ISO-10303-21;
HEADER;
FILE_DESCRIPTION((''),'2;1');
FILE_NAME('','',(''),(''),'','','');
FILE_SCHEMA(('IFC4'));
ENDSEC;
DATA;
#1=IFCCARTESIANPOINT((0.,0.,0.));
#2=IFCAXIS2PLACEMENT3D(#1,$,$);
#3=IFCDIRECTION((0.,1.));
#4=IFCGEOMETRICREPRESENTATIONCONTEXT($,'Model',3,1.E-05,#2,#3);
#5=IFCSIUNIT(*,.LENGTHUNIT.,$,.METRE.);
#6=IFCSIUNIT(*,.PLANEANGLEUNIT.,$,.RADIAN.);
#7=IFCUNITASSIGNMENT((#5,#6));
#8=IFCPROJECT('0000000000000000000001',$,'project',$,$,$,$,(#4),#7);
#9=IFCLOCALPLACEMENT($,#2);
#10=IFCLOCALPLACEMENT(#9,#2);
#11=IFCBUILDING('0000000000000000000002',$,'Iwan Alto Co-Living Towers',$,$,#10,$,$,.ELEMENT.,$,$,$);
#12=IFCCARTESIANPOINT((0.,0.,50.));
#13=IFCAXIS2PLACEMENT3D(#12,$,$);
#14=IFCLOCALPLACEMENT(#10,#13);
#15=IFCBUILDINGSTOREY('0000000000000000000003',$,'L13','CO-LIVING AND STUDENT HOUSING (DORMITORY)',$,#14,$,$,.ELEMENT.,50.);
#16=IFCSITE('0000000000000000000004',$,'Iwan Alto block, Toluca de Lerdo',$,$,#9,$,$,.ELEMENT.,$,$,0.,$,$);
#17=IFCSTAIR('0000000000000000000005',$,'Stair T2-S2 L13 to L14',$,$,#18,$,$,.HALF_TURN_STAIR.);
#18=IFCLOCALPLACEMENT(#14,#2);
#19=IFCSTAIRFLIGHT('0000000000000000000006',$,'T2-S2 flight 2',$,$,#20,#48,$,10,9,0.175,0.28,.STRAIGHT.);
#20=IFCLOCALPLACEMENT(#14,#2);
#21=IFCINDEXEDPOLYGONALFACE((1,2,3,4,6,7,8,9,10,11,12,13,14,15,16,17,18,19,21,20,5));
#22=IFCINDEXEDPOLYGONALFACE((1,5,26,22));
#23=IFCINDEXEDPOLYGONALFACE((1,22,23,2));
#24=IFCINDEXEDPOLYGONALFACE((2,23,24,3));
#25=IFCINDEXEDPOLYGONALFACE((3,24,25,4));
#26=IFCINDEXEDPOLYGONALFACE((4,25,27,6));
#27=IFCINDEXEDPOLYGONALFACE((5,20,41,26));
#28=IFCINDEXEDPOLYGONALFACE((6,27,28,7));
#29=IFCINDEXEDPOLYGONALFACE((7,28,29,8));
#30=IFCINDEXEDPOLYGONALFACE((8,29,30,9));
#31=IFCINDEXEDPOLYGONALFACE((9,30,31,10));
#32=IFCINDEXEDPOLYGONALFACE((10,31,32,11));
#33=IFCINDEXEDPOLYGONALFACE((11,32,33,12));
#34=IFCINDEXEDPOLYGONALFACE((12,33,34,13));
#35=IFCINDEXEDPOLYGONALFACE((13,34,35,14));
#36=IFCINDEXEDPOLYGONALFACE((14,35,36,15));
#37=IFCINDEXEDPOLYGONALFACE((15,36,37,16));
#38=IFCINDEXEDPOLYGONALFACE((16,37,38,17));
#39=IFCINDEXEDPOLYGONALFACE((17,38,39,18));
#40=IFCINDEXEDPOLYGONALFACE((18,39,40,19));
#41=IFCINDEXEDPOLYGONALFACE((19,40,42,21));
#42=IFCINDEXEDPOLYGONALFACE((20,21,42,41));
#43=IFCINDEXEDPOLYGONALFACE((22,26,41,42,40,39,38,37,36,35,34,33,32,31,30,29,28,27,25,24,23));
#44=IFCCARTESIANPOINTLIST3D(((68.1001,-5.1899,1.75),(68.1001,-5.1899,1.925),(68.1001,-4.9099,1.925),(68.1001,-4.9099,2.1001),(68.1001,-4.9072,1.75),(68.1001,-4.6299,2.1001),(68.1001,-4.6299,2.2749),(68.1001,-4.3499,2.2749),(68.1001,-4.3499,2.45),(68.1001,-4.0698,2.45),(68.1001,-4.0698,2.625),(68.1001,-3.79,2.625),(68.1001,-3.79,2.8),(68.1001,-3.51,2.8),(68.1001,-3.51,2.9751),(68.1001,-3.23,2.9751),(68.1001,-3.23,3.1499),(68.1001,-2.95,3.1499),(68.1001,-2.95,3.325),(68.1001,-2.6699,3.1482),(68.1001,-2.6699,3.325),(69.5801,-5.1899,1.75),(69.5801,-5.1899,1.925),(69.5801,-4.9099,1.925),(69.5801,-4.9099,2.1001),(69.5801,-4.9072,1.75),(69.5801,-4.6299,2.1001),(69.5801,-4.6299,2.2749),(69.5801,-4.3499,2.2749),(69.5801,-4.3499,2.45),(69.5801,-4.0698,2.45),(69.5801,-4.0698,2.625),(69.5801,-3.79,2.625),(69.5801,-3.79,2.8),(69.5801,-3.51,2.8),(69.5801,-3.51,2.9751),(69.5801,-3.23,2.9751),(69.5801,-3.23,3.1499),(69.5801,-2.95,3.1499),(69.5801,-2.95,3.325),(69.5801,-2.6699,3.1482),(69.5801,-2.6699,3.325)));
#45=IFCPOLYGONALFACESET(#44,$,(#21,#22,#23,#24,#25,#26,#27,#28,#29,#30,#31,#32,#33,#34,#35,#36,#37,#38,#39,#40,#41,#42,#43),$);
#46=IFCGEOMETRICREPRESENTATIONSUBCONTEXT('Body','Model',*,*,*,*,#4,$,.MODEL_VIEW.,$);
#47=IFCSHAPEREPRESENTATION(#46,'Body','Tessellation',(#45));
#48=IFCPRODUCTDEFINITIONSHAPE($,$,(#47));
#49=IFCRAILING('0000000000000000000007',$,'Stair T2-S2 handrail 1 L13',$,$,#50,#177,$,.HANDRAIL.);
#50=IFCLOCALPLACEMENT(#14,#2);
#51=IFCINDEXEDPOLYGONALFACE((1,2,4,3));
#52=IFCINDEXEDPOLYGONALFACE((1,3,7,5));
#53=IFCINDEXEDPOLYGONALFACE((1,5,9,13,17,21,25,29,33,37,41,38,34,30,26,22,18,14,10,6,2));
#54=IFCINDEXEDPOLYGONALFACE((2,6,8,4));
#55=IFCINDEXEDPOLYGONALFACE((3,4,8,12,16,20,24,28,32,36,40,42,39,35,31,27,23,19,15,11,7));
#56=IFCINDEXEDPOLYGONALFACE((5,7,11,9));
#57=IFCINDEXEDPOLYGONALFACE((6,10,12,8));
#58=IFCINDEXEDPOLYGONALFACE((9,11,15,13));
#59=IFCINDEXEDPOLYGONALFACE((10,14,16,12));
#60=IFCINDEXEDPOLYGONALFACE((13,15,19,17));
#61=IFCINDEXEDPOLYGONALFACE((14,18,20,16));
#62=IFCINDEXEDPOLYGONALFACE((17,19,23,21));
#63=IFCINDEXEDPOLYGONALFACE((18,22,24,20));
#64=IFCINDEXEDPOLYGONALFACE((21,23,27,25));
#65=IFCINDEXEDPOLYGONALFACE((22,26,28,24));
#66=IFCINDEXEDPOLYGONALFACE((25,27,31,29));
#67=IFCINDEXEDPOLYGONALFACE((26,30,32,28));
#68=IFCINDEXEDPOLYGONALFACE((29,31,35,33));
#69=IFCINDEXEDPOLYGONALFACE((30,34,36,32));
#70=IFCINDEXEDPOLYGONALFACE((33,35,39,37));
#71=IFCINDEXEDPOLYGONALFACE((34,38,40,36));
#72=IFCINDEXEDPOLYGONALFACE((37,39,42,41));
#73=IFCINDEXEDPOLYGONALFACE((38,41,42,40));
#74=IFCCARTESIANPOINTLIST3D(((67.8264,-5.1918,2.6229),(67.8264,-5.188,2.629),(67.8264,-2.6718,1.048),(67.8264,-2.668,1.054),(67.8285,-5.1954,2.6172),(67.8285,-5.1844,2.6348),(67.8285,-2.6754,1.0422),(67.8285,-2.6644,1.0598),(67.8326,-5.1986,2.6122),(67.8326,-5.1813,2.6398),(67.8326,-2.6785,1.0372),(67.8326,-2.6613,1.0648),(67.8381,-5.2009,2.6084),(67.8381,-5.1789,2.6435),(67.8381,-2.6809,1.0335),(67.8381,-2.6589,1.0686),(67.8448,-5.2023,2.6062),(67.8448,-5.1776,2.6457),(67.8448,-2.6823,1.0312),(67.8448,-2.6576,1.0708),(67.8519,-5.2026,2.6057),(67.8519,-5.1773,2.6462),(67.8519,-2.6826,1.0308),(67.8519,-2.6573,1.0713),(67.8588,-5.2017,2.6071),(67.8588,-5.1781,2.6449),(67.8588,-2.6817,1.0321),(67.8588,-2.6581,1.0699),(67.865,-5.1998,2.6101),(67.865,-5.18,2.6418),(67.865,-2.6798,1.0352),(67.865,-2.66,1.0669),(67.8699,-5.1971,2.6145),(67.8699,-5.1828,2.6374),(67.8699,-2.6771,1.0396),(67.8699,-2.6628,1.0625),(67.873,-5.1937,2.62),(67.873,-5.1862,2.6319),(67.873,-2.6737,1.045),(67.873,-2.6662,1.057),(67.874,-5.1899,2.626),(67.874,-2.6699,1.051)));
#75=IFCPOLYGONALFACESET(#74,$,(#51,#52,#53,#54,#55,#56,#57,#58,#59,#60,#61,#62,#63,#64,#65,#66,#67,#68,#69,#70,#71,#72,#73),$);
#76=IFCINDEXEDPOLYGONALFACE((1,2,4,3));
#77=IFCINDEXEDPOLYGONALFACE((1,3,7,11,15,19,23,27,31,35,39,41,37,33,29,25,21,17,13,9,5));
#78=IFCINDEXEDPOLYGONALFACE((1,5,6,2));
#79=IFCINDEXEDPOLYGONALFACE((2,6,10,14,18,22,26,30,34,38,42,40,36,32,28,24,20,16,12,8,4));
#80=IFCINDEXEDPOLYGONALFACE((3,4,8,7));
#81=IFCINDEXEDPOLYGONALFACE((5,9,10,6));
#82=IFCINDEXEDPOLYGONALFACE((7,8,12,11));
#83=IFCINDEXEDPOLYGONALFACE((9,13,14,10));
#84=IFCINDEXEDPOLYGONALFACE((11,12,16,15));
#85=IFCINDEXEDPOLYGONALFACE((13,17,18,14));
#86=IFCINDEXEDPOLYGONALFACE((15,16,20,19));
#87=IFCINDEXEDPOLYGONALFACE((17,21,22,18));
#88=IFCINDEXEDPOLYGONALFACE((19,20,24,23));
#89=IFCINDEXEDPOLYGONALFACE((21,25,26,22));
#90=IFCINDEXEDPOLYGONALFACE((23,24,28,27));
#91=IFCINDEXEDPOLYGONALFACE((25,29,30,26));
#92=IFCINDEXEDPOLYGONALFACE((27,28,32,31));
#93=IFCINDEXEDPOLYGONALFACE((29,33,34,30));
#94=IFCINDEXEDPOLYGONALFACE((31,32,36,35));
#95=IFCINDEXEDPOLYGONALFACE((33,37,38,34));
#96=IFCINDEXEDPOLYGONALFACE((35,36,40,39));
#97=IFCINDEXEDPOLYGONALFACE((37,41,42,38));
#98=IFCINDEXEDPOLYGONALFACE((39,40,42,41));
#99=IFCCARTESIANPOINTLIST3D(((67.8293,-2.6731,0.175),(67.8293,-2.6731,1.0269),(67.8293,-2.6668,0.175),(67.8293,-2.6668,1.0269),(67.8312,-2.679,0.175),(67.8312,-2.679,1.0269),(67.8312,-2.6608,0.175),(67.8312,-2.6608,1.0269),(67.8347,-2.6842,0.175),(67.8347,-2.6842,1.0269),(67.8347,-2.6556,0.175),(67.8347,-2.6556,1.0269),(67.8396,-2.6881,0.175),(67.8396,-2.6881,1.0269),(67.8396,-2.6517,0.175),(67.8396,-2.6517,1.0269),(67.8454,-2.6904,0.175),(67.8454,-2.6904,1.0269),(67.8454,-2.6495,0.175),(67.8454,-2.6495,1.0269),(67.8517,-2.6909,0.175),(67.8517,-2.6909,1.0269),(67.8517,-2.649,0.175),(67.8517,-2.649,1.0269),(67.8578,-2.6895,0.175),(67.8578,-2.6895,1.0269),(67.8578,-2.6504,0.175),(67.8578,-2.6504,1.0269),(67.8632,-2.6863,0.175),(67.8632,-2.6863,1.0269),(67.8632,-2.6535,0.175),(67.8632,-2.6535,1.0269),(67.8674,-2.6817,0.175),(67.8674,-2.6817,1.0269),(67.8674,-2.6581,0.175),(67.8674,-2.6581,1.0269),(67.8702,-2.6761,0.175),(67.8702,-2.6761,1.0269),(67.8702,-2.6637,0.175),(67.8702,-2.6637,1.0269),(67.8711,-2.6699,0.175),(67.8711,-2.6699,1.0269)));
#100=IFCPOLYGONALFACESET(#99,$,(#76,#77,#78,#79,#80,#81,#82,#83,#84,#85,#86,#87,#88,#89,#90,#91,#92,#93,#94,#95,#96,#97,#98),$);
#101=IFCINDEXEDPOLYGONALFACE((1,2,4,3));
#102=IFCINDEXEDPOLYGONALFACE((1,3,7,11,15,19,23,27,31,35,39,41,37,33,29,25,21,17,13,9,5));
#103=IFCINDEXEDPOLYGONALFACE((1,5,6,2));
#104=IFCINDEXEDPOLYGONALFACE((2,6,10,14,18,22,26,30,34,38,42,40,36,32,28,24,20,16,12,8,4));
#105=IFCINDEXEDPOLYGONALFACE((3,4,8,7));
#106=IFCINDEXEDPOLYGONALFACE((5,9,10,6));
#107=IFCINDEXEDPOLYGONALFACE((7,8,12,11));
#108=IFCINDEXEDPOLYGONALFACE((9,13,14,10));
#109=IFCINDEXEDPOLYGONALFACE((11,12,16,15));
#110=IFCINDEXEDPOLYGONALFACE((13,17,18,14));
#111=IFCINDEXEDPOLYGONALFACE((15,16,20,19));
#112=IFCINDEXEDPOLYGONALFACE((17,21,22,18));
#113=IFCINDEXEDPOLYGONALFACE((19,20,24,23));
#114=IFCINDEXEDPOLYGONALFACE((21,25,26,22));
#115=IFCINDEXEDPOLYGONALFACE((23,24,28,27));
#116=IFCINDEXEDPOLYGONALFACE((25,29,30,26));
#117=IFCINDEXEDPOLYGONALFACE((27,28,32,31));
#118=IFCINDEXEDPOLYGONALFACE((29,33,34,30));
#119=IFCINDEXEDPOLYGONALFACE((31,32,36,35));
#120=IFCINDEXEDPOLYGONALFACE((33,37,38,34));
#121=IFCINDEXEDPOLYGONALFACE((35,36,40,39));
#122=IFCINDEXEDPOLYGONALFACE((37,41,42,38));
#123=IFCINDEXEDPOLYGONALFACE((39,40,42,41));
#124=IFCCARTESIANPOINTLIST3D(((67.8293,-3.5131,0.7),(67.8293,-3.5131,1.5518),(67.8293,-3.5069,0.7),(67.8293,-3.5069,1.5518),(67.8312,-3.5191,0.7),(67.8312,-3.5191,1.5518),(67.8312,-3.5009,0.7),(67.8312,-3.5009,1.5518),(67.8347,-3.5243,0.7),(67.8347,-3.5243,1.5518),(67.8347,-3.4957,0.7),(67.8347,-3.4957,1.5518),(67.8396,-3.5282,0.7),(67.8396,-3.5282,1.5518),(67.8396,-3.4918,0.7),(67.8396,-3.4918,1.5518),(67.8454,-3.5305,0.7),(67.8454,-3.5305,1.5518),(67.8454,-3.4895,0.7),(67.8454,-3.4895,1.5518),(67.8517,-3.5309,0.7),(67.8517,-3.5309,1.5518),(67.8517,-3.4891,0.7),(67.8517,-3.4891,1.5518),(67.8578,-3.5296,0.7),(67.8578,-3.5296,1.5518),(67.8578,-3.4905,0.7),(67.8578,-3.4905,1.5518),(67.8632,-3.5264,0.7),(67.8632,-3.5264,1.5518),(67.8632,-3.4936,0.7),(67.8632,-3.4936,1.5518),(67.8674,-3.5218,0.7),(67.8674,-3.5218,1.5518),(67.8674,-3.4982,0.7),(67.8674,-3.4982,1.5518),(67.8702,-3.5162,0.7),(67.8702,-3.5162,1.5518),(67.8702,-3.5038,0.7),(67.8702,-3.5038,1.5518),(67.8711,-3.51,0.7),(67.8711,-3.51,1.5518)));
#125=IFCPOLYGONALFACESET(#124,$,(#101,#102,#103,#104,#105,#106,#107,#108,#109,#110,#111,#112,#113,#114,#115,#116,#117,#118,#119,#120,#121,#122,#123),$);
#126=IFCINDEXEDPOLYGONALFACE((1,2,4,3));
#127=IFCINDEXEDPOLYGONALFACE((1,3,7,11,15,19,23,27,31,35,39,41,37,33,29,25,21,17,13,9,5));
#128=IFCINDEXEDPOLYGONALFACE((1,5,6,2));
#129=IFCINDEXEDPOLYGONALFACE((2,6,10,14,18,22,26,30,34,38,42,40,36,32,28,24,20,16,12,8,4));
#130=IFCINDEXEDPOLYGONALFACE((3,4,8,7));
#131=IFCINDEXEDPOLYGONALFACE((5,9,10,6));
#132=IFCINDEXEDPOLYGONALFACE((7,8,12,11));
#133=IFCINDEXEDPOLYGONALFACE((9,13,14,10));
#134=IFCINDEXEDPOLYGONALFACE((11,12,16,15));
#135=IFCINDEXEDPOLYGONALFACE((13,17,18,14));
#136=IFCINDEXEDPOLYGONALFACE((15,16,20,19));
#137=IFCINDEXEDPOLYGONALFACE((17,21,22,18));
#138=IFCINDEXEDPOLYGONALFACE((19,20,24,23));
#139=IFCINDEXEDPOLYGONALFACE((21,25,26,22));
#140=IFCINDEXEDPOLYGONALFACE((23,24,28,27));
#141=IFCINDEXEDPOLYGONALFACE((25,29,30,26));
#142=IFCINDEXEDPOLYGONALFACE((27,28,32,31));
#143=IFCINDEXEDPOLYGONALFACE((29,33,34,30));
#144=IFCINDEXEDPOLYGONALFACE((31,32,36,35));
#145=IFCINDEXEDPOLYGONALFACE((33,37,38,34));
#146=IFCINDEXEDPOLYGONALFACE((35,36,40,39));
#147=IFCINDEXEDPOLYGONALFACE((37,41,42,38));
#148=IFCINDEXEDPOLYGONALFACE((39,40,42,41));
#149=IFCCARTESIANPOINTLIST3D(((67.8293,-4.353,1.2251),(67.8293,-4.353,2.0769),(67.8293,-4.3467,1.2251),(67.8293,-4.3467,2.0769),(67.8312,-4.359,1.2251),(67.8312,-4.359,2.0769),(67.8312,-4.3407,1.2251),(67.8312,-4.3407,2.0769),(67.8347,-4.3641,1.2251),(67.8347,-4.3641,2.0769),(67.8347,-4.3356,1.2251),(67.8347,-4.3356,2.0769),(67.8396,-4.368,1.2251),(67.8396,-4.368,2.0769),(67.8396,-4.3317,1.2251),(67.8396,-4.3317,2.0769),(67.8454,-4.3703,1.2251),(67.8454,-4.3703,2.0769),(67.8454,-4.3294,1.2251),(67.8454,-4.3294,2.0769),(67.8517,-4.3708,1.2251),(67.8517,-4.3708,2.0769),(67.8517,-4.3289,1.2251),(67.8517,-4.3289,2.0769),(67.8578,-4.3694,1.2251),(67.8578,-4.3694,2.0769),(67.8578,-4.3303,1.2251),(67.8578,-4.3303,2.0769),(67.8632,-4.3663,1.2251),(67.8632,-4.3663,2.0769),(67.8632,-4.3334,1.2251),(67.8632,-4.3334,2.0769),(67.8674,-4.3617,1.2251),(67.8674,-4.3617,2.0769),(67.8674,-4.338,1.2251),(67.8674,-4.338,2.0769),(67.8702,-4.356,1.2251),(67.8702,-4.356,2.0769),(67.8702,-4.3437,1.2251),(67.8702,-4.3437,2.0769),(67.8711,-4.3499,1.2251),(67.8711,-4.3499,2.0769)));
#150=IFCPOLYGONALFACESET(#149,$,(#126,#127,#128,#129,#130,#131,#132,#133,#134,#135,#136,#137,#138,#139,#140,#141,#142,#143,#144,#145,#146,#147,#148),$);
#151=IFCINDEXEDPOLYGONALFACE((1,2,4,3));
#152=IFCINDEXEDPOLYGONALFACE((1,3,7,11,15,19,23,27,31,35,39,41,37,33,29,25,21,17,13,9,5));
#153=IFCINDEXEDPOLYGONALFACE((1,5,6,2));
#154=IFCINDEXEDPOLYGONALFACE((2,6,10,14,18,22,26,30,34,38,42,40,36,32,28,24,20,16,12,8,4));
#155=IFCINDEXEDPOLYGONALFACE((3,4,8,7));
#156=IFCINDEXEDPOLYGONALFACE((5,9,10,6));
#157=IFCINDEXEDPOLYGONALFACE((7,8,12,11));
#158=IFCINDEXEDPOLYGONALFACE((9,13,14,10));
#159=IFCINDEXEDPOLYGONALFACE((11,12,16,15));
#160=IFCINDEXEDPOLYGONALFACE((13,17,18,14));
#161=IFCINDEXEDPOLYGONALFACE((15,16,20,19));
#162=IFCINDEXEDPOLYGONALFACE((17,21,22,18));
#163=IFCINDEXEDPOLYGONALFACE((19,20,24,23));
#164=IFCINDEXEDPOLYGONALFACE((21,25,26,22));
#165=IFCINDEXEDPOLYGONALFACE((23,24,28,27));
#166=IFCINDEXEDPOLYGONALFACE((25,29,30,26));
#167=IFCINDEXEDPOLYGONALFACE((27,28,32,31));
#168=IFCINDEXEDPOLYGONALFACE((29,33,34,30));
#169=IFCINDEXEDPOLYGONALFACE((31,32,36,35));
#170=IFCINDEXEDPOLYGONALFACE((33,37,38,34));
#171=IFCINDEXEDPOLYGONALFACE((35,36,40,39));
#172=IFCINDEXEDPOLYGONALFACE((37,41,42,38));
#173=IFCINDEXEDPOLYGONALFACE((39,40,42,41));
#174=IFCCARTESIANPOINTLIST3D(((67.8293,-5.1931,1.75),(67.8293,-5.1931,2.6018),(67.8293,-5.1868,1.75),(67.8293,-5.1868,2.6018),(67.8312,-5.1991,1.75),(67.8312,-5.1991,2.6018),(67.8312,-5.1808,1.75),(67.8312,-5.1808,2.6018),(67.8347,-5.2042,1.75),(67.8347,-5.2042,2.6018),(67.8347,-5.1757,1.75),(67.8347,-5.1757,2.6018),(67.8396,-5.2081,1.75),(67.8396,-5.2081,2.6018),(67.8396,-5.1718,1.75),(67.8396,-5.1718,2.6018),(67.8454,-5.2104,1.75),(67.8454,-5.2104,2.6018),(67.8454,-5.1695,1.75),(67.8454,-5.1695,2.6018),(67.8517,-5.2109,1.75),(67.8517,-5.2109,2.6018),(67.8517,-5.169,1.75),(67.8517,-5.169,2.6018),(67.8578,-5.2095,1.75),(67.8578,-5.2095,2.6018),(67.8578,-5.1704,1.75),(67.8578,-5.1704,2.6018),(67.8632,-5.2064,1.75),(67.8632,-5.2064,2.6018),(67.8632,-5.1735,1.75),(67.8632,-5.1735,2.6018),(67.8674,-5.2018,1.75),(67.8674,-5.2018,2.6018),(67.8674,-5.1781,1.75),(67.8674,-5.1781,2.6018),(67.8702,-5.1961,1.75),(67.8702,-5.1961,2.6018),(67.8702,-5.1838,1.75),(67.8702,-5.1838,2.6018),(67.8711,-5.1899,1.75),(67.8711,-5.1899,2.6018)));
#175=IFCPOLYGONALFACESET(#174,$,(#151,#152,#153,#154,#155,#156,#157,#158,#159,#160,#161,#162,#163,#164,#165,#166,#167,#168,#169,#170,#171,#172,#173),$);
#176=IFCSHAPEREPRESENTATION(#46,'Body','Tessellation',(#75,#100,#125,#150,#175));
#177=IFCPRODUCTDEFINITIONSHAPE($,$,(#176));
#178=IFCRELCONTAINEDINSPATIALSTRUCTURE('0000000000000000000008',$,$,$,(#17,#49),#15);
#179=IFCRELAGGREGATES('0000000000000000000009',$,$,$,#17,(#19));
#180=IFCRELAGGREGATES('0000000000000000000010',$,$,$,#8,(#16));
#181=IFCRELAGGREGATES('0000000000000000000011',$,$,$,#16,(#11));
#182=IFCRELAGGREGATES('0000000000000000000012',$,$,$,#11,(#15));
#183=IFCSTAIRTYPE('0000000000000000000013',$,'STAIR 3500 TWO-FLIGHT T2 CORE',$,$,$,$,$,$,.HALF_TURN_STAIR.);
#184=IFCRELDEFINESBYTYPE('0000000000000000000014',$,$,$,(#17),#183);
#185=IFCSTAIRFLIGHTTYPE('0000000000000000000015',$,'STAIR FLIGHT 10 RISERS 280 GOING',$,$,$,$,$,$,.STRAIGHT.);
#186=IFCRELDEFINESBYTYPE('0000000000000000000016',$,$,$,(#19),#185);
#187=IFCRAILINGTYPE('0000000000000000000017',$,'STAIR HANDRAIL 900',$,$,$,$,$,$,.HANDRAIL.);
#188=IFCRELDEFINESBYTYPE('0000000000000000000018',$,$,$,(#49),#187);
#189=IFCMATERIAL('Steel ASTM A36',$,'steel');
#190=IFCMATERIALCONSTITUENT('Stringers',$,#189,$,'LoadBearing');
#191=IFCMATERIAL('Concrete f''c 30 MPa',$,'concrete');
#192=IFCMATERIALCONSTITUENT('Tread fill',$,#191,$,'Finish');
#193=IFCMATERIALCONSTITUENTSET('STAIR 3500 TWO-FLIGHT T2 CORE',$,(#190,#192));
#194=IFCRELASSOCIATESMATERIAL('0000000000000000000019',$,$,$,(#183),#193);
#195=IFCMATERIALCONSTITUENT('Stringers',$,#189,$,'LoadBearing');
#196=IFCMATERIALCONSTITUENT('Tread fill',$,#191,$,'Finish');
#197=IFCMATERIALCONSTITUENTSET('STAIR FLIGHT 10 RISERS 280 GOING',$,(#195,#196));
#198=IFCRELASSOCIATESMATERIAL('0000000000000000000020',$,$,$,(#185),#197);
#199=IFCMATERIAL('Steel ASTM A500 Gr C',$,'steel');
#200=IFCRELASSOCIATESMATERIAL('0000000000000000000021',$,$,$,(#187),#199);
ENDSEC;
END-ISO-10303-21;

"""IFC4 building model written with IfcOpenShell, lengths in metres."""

from ifc_helpers import new_model, si_unit, direction, frame, origin, origin_2d, place, context, subcontext, project, spatial, polyline, circle, outline, extrude, material, constituent, constituent_set, type_object, element, aggregate, save


model = new_model("IFC4")

# Units and contexts
model_context = context("Model", 3, precision=1e-05, world=origin(), true_north=direction((0.0, 1.0)))
body_context = subcontext(model_context, "Body", "Model", "MODEL_VIEW")
ifc_project = project(units=[si_unit("LENGTHUNIT", "METRE"), si_unit("PLANEANGLEUNIT", "RADIAN")], contexts=[model_context])

# Site, building, storey
site_placement = place(None, origin())
site = spatial("IfcSite", under=ifc_project, at=site_placement, Name="Iwan Alto block, Toluca de Lerdo", CompositionType="ELEMENT", RefElevation=0.0)
building_placement = place(site_placement, origin())
building = spatial("IfcBuilding", under=site, at=building_placement, Name="Iwan Alto Co-Living Towers", CompositionType="ELEMENT")
storey_placement = place(building_placement, frame((0.0, 0.0, 50.0)))
storey = spatial("IfcBuildingStorey", under=building, at=storey_placement, Name="L13", Description="CO-LIVING AND STUDENT HOUSING (DORMITORY)", CompositionType="ELEMENT", Elevation=50.0)

# Stair, stair flight
ifc_material_1 = material(Name="Steel ASTM A36", Category="steel")
ifc_constituent_1 = constituent(ifc_material_1, Name="Stringers", Category="LoadBearing")
ifc_material_2 = material(Name="Concrete f'c 30 MPa", Category="concrete")
ifc_constituent_2 = constituent(ifc_material_2, Name="Tread fill", Category="Finish")
ifc_constituent_set_1 = constituent_set(constituents=[ifc_constituent_1, ifc_constituent_2], Name="STAIR 3500 TWO-FLIGHT T2 CORE")
stair_type = type_object("IfcStairType", Name="STAIR 3500 TWO-FLIGHT T2 CORE", PredefinedType="HALF_TURN_STAIR", material=ifc_constituent_set_1)
stair_placement = place(storey_placement, origin())
stair = element("IfcStair", 1, at=stair_placement, inside=storey, type_object=stair_type, Name="Stair T2-S2 L13 to L14", PredefinedType="HALF_TURN_STAIR")
ifc_constituent_3 = constituent(ifc_material_1, Name="Stringers", Category="LoadBearing")
ifc_constituent_4 = constituent(ifc_material_2, Name="Tread fill", Category="Finish")
ifc_constituent_set_2 = constituent_set(constituents=[ifc_constituent_3, ifc_constituent_4], Name="STAIR FLIGHT 10 RISERS 280 GOING")
stair_flight_type = type_object("IfcStairFlightType", Name="STAIR FLIGHT 10 RISERS 280 GOING", PredefinedType="STRAIGHT", material=ifc_constituent_set_2)
stair_flight_1_placement = place(storey_placement, frame((68.8401, -5.1899, 1.75), z_axis=(0.0, 0.0, 1.0), x_axis=(0.0, 1.0, 0.0)))
stair_flight_1 = element("IfcStairFlight", 2, at=stair_flight_1_placement, type_object=stair_flight_type, Name="T2-S2 flight 2", NumberOfRisers=10, NumberOfTreads=9, PredefinedType="STRAIGHT", RiserHeight=0.175, TreadLength=0.28, context=body_context, shape_type="SweptSolid", body=[
    extrude(outline(polyline([(0.0, 0.0), (0.0, 0.175), (0.28, 0.175), (0.28, 0.3501), (0.5601, 0.3501), (0.5601, 0.5249), (0.8401, 0.5249), (0.8401, 0.7), (1.1201, 0.7), (1.1201, 0.875), (1.3999, 0.875), (1.3999, 1.05), (1.6799, 1.05), (1.6799, 1.2251), (1.96, 1.2251), (1.96, 1.3999), (2.24, 1.3999), (2.24, 1.575), (2.52, 1.575), (2.52, 1.75), (2.52, 1.3982), (0.2827, 0.0), (0.0, 0.0)])), frame((0.0, 0.74, 0.0), z_axis=(0.0, -1.0, 0.0), x_axis=(1.0, 0.0, 0.0)), (0.0, 0.0, 1.0), 1.48),
])
aggregate(stair, [stair_flight_1])

# Railing
ifc_material_3 = material(Name="Steel ASTM A500 Gr C", Category="steel")
railing_type_1 = type_object("IfcRailingType", Name="STAIR HANDRAIL 900", PredefinedType="HANDRAIL", material=ifc_material_3)
railing_1_placement = place(storey_placement, frame((67.8501, -2.6699, 0.175)))
element("IfcRailing", 3, at=railing_1_placement, inside=storey, type_object=railing_type_1, Name="Stair T2-S2 handrail 1 L13", PredefinedType="HANDRAIL", context=body_context, shape_type="SweptSolid", body=[
    extrude(circle(Radius=0.0239, at=origin_2d()), frame((0.0, 0.0, 0.876), z_axis=(0.0, -0.848008, 0.529984), x_axis=(1.0, 0.0, 0.0)), (0.0, 0.0, 1.0), 2.9717),
    extrude(circle(Radius=0.021, at=origin_2d()), origin(), (0.0, 0.0, 1.0), 0.8518),
    extrude(circle(Radius=0.021, at=origin_2d()), frame((0.0, -0.8401, 0.5249)), (0.0, 0.0, 1.0), 0.8518),
    extrude(circle(Radius=0.021, at=origin_2d()), frame((0.0, -1.6799, 1.05)), (0.0, 0.0, 1.0), 0.8518),
    extrude(circle(Radius=0.021, at=origin_2d()), frame((0.0, -2.52, 1.575)), (0.0, 0.0, 1.0), 0.8518),
])

save(model, "model.ifc")
